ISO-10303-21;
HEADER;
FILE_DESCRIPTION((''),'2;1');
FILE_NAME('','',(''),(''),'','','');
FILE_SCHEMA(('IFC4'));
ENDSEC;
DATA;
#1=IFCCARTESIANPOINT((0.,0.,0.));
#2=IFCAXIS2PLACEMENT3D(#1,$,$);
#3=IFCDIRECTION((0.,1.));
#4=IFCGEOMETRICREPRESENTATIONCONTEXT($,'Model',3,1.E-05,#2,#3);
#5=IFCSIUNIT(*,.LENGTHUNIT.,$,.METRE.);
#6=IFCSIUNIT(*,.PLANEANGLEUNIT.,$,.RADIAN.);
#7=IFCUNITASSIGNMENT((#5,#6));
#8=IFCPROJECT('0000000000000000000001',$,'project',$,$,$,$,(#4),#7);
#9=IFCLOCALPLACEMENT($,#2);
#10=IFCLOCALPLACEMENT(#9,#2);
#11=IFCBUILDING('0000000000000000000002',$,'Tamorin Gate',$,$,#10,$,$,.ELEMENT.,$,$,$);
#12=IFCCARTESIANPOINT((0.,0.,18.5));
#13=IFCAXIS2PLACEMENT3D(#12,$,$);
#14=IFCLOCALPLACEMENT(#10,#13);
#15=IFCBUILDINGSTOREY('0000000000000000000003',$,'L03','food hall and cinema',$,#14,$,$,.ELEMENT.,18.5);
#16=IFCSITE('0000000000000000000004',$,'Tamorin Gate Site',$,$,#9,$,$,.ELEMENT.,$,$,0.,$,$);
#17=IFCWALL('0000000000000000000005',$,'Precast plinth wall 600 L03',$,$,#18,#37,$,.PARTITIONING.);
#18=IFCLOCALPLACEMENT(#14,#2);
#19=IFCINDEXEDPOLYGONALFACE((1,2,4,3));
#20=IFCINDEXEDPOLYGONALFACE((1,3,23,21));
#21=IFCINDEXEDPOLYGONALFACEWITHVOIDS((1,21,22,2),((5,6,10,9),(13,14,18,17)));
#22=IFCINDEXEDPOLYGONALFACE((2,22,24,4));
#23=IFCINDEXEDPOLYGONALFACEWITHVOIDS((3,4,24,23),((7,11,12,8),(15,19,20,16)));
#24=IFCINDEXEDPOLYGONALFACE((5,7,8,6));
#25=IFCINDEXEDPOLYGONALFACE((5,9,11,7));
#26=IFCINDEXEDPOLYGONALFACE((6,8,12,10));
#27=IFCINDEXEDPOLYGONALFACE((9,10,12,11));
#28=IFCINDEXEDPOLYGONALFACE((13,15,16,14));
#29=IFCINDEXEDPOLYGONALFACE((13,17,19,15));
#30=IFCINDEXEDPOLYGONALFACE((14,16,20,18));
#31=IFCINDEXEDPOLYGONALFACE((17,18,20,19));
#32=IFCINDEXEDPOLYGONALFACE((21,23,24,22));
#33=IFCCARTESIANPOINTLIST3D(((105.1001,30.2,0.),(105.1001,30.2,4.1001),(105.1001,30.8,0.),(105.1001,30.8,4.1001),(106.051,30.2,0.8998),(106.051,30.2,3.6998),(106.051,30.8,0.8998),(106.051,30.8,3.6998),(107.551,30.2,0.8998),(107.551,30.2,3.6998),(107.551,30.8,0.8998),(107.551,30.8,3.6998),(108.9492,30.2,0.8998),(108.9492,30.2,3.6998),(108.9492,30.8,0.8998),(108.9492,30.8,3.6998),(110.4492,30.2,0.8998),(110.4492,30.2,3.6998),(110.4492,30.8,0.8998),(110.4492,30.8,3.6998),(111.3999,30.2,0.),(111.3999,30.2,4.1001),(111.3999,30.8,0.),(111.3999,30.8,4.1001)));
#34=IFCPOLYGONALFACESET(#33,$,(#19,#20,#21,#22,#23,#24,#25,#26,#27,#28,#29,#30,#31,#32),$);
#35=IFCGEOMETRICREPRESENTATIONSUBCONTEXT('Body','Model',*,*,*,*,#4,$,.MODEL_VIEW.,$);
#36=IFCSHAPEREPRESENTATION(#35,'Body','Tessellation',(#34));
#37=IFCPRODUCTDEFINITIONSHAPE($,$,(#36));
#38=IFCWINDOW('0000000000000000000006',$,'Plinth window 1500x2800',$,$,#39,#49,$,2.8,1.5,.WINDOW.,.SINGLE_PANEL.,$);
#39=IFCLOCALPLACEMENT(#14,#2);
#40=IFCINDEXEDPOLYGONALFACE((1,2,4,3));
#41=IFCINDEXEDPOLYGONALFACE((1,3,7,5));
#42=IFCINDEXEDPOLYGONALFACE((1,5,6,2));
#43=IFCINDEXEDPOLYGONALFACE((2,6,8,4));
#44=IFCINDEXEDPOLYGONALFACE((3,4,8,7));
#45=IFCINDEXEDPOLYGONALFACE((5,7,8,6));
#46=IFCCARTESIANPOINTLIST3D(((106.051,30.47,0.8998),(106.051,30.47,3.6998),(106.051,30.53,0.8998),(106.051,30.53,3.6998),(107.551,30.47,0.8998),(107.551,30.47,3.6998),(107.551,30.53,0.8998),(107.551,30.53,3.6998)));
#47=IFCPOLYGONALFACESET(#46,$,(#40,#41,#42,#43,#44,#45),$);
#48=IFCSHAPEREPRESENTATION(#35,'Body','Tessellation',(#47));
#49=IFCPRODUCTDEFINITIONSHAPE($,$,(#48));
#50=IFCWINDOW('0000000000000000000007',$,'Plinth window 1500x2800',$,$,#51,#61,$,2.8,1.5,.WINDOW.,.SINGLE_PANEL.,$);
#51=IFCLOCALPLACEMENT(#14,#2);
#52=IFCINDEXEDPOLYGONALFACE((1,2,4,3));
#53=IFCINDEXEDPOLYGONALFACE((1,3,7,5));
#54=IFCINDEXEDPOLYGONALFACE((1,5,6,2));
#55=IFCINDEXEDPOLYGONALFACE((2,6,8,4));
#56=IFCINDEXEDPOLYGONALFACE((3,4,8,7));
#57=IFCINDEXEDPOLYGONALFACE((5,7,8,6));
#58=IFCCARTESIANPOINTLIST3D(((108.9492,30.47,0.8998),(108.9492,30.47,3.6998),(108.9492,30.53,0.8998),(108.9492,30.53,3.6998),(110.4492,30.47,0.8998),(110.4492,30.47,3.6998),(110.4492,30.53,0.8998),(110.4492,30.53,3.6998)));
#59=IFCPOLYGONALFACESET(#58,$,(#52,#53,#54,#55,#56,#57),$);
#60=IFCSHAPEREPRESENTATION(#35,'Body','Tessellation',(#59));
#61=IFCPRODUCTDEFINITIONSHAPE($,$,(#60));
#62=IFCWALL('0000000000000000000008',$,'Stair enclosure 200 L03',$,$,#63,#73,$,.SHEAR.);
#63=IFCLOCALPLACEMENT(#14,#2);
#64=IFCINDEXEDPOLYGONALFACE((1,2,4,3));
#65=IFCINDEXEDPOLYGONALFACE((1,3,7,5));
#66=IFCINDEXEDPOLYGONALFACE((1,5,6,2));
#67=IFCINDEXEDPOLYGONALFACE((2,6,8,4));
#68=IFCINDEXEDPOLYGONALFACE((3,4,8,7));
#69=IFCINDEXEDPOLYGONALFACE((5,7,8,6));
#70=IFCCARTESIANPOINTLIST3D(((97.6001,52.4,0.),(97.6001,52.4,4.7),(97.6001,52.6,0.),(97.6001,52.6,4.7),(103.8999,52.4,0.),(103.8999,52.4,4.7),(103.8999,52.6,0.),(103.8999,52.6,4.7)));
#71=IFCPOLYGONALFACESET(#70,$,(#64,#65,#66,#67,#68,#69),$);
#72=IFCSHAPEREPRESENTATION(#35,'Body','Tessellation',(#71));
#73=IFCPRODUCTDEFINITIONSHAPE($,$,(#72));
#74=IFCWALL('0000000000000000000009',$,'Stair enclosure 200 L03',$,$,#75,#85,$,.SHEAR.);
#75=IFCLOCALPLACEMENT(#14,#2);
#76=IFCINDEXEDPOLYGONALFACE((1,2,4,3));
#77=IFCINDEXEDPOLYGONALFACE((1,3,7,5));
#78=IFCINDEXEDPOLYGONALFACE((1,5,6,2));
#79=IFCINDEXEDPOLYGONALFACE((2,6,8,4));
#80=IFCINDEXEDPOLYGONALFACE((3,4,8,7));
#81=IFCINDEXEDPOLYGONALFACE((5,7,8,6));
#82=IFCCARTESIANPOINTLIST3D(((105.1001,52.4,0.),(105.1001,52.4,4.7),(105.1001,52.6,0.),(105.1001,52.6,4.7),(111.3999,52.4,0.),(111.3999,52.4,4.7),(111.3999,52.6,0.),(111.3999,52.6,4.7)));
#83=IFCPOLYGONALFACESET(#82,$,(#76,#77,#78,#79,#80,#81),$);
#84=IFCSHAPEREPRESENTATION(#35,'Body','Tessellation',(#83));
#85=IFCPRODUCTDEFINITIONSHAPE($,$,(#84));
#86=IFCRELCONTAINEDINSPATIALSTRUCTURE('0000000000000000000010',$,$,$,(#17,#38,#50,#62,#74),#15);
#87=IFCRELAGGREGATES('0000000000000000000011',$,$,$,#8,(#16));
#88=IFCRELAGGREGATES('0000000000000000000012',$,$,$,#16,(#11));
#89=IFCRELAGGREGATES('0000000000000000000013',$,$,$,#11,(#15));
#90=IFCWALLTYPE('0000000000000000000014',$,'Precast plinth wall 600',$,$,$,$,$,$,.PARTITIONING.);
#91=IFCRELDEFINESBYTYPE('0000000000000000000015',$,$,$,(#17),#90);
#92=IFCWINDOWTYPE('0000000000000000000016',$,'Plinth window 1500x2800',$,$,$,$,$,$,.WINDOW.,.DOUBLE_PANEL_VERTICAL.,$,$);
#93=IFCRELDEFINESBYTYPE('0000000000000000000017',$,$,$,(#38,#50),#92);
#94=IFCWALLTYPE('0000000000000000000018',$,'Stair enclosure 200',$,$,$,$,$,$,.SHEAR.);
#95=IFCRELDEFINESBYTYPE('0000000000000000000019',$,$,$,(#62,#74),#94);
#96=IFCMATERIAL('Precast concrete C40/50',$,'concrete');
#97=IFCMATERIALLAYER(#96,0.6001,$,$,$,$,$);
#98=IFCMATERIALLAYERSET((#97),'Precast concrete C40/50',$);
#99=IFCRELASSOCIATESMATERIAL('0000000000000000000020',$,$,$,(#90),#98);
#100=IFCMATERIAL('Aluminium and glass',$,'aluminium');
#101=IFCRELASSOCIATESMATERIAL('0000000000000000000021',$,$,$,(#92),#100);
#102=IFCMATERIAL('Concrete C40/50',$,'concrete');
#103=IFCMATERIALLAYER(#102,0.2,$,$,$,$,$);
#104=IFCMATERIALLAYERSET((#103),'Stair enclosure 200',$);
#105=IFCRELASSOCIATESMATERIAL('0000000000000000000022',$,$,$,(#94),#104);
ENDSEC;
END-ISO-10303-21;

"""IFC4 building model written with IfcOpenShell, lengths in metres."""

from ifc_helpers import new_model, si_unit, direction, frame, frame_2d, origin, place, context, subcontext, project, spatial, rectangle, extrude, material, layer, layer_set, type_object, element, fill, save


model = new_model("IFC4")

# Units and contexts
model_context = context("Model", 3, precision=1e-05, world=origin(), true_north=direction((0.0, 1.0)))
body_context = subcontext(model_context, "Body", "Model", "MODEL_VIEW")
ifc_project = project(units=[si_unit("LENGTHUNIT", "METRE"), si_unit("PLANEANGLEUNIT", "RADIAN")], contexts=[model_context])

# Site, building, storey
site_placement = place(None, origin())
site = spatial("IfcSite", under=ifc_project, at=site_placement, Name="Tamorin Gate Site", CompositionType="ELEMENT", RefElevation=0.0)
building_placement = place(site_placement, origin())
building = spatial("IfcBuilding", under=site, at=building_placement, Name="Tamorin Gate", CompositionType="ELEMENT")
storey_placement = place(building_placement, frame((0.0, 0.0, 18.5)))
storey = spatial("IfcBuildingStorey", under=building, at=storey_placement, Name="L03", Description="food hall and cinema", CompositionType="ELEMENT", Elevation=18.5)

# Wall, openings, windows
ifc_material_1 = material(Name="Precast concrete C40/50", Category="concrete")
ifc_layer_1 = layer(ifc_material_1, 0.6001)
ifc_layer_set_1 = layer_set([ifc_layer_1], Name="Precast concrete C40/50")
wall_type_1 = type_object("IfcWallType", Name="Precast plinth wall 600", PredefinedType="PARTITIONING", material=ifc_layer_set_1)
ifc_material_2 = material(Name="Aluminium and glass", Category="aluminium")
window_type = type_object("IfcWindowType", Name="Plinth window 1500x2800", PartitioningType="DOUBLE_PANEL_VERTICAL", PredefinedType="WINDOW", material=ifc_material_2)
wall_1_placement = place(storey_placement, frame((105.1001, 30.5, 0.0), z_axis=(0.0, 0.0, 1.0), x_axis=(1.0, 0.0, 0.0)))
wall_1 = element("IfcWall", 1, at=wall_1_placement, inside=storey, type_object=wall_type_1, Name="Precast plinth wall 600 L03", PredefinedType="PARTITIONING", context=body_context, shape_type="SweptSolid", body=[
    extrude(rectangle(XDim=6.2998, YDim=0.6001, at=frame_2d((3.1499, 0.0))), origin(), (0.0, 0.0, 1.0), 4.1001),
])
opening_1_placement = place(wall_1_placement, frame((0.9509, 0.0, 0.8999)))
opening_1 = element("IfcOpeningElement", 2, at=opening_1_placement, cuts=wall_1, PredefinedType="OPENING", context=body_context, shape_type="SweptSolid", body=[
    extrude(rectangle(XDim=1.5, YDim=2.8, at=frame_2d((0.75, 1.3999))), frame((0.0, 0.3101, 0.0), z_axis=(0.0, -1.0, 0.0), x_axis=(1.0, 0.0, 0.0)), (0.0, 0.0, 1.0), 0.6201),
])
opening_2_placement = place(wall_1_placement, frame((3.8491, 0.0, 0.8999)))
opening_2 = element("IfcOpeningElement", 3, at=opening_2_placement, cuts=wall_1, PredefinedType="OPENING", context=body_context, shape_type="SweptSolid", body=[
    extrude(rectangle(XDim=1.5, YDim=2.8, at=frame_2d((0.75, 1.3999))), frame((0.0, 0.3101, 0.0), z_axis=(0.0, -1.0, 0.0), x_axis=(1.0, 0.0, 0.0)), (0.0, 0.0, 1.0), 0.6201),
])
window_1_placement = place(opening_1_placement, origin())
window_1 = element("IfcWindow", 4, at=window_1_placement, inside=storey, type_object=window_type, Name="Plinth window 1500x2800", OverallHeight=2.8, OverallWidth=1.5, PartitioningType="SINGLE_PANEL", PredefinedType="WINDOW", context=body_context, shape_type="SweptSolid", body=[
    extrude(rectangle(XDim=1.5, YDim=2.8, at=frame_2d((0.75, 1.3999))), frame((0.0, 0.03, 0.0), z_axis=(0.0, -1.0, 0.0), x_axis=(1.0, 0.0, 0.0)), (0.0, 0.0, 1.0), 0.0601),
])
fill(opening_1, window_1)
window_2_placement = place(opening_2_placement, origin())
window_2 = element("IfcWindow", 5, at=window_2_placement, inside=storey, type_object=window_type, Name="Plinth window 1500x2800", OverallHeight=2.8, OverallWidth=1.5, PartitioningType="SINGLE_PANEL", PredefinedType="WINDOW", context=body_context, shape_type="SweptSolid", body=[
    extrude(rectangle(XDim=1.5, YDim=2.8, at=frame_2d((0.75, 1.3999))), frame((0.0, 0.03, 0.0), z_axis=(0.0, -1.0, 0.0), x_axis=(1.0, 0.0, 0.0)), (0.0, 0.0, 1.0), 0.0601),
])
fill(opening_2, window_2)

# Walls
ifc_material_3 = material(Name="Concrete C40/50", Category="concrete")
ifc_layer_2 = layer(ifc_material_3, 0.2)
ifc_layer_set_2 = layer_set([ifc_layer_2], Name="Stair enclosure 200")
wall_type_2 = type_object("IfcWallType", Name="Stair enclosure 200", PredefinedType="SHEAR", material=ifc_layer_set_2)
for number, where, z_axis, x_axis, name in (
    (6, (97.6001, 52.5, 0.0), (0.0, 0.0, 1.0), (1.0, 0.0, 0.0), "Stair enclosure 200 L03"),
    (7, (105.1001, 52.5, 0.0), (0.0, 0.0, 1.0), (1.0, 0.0, 0.0), "Stair enclosure 200 L03"),
):
    element("IfcWall", number, at=place(storey_placement, frame(where, z_axis=z_axis, x_axis=x_axis)), inside=storey, type_object=wall_type_2, Name=name, PredefinedType="SHEAR", context=body_context, shape_type="SweptSolid", body=[
        extrude(rectangle(XDim=6.2998, YDim=0.2, at=frame_2d((3.1499, 0.0))), origin(), (0.0, 0.0, 1.0), 4.7),
    ])

save(model, "model.ifc")
